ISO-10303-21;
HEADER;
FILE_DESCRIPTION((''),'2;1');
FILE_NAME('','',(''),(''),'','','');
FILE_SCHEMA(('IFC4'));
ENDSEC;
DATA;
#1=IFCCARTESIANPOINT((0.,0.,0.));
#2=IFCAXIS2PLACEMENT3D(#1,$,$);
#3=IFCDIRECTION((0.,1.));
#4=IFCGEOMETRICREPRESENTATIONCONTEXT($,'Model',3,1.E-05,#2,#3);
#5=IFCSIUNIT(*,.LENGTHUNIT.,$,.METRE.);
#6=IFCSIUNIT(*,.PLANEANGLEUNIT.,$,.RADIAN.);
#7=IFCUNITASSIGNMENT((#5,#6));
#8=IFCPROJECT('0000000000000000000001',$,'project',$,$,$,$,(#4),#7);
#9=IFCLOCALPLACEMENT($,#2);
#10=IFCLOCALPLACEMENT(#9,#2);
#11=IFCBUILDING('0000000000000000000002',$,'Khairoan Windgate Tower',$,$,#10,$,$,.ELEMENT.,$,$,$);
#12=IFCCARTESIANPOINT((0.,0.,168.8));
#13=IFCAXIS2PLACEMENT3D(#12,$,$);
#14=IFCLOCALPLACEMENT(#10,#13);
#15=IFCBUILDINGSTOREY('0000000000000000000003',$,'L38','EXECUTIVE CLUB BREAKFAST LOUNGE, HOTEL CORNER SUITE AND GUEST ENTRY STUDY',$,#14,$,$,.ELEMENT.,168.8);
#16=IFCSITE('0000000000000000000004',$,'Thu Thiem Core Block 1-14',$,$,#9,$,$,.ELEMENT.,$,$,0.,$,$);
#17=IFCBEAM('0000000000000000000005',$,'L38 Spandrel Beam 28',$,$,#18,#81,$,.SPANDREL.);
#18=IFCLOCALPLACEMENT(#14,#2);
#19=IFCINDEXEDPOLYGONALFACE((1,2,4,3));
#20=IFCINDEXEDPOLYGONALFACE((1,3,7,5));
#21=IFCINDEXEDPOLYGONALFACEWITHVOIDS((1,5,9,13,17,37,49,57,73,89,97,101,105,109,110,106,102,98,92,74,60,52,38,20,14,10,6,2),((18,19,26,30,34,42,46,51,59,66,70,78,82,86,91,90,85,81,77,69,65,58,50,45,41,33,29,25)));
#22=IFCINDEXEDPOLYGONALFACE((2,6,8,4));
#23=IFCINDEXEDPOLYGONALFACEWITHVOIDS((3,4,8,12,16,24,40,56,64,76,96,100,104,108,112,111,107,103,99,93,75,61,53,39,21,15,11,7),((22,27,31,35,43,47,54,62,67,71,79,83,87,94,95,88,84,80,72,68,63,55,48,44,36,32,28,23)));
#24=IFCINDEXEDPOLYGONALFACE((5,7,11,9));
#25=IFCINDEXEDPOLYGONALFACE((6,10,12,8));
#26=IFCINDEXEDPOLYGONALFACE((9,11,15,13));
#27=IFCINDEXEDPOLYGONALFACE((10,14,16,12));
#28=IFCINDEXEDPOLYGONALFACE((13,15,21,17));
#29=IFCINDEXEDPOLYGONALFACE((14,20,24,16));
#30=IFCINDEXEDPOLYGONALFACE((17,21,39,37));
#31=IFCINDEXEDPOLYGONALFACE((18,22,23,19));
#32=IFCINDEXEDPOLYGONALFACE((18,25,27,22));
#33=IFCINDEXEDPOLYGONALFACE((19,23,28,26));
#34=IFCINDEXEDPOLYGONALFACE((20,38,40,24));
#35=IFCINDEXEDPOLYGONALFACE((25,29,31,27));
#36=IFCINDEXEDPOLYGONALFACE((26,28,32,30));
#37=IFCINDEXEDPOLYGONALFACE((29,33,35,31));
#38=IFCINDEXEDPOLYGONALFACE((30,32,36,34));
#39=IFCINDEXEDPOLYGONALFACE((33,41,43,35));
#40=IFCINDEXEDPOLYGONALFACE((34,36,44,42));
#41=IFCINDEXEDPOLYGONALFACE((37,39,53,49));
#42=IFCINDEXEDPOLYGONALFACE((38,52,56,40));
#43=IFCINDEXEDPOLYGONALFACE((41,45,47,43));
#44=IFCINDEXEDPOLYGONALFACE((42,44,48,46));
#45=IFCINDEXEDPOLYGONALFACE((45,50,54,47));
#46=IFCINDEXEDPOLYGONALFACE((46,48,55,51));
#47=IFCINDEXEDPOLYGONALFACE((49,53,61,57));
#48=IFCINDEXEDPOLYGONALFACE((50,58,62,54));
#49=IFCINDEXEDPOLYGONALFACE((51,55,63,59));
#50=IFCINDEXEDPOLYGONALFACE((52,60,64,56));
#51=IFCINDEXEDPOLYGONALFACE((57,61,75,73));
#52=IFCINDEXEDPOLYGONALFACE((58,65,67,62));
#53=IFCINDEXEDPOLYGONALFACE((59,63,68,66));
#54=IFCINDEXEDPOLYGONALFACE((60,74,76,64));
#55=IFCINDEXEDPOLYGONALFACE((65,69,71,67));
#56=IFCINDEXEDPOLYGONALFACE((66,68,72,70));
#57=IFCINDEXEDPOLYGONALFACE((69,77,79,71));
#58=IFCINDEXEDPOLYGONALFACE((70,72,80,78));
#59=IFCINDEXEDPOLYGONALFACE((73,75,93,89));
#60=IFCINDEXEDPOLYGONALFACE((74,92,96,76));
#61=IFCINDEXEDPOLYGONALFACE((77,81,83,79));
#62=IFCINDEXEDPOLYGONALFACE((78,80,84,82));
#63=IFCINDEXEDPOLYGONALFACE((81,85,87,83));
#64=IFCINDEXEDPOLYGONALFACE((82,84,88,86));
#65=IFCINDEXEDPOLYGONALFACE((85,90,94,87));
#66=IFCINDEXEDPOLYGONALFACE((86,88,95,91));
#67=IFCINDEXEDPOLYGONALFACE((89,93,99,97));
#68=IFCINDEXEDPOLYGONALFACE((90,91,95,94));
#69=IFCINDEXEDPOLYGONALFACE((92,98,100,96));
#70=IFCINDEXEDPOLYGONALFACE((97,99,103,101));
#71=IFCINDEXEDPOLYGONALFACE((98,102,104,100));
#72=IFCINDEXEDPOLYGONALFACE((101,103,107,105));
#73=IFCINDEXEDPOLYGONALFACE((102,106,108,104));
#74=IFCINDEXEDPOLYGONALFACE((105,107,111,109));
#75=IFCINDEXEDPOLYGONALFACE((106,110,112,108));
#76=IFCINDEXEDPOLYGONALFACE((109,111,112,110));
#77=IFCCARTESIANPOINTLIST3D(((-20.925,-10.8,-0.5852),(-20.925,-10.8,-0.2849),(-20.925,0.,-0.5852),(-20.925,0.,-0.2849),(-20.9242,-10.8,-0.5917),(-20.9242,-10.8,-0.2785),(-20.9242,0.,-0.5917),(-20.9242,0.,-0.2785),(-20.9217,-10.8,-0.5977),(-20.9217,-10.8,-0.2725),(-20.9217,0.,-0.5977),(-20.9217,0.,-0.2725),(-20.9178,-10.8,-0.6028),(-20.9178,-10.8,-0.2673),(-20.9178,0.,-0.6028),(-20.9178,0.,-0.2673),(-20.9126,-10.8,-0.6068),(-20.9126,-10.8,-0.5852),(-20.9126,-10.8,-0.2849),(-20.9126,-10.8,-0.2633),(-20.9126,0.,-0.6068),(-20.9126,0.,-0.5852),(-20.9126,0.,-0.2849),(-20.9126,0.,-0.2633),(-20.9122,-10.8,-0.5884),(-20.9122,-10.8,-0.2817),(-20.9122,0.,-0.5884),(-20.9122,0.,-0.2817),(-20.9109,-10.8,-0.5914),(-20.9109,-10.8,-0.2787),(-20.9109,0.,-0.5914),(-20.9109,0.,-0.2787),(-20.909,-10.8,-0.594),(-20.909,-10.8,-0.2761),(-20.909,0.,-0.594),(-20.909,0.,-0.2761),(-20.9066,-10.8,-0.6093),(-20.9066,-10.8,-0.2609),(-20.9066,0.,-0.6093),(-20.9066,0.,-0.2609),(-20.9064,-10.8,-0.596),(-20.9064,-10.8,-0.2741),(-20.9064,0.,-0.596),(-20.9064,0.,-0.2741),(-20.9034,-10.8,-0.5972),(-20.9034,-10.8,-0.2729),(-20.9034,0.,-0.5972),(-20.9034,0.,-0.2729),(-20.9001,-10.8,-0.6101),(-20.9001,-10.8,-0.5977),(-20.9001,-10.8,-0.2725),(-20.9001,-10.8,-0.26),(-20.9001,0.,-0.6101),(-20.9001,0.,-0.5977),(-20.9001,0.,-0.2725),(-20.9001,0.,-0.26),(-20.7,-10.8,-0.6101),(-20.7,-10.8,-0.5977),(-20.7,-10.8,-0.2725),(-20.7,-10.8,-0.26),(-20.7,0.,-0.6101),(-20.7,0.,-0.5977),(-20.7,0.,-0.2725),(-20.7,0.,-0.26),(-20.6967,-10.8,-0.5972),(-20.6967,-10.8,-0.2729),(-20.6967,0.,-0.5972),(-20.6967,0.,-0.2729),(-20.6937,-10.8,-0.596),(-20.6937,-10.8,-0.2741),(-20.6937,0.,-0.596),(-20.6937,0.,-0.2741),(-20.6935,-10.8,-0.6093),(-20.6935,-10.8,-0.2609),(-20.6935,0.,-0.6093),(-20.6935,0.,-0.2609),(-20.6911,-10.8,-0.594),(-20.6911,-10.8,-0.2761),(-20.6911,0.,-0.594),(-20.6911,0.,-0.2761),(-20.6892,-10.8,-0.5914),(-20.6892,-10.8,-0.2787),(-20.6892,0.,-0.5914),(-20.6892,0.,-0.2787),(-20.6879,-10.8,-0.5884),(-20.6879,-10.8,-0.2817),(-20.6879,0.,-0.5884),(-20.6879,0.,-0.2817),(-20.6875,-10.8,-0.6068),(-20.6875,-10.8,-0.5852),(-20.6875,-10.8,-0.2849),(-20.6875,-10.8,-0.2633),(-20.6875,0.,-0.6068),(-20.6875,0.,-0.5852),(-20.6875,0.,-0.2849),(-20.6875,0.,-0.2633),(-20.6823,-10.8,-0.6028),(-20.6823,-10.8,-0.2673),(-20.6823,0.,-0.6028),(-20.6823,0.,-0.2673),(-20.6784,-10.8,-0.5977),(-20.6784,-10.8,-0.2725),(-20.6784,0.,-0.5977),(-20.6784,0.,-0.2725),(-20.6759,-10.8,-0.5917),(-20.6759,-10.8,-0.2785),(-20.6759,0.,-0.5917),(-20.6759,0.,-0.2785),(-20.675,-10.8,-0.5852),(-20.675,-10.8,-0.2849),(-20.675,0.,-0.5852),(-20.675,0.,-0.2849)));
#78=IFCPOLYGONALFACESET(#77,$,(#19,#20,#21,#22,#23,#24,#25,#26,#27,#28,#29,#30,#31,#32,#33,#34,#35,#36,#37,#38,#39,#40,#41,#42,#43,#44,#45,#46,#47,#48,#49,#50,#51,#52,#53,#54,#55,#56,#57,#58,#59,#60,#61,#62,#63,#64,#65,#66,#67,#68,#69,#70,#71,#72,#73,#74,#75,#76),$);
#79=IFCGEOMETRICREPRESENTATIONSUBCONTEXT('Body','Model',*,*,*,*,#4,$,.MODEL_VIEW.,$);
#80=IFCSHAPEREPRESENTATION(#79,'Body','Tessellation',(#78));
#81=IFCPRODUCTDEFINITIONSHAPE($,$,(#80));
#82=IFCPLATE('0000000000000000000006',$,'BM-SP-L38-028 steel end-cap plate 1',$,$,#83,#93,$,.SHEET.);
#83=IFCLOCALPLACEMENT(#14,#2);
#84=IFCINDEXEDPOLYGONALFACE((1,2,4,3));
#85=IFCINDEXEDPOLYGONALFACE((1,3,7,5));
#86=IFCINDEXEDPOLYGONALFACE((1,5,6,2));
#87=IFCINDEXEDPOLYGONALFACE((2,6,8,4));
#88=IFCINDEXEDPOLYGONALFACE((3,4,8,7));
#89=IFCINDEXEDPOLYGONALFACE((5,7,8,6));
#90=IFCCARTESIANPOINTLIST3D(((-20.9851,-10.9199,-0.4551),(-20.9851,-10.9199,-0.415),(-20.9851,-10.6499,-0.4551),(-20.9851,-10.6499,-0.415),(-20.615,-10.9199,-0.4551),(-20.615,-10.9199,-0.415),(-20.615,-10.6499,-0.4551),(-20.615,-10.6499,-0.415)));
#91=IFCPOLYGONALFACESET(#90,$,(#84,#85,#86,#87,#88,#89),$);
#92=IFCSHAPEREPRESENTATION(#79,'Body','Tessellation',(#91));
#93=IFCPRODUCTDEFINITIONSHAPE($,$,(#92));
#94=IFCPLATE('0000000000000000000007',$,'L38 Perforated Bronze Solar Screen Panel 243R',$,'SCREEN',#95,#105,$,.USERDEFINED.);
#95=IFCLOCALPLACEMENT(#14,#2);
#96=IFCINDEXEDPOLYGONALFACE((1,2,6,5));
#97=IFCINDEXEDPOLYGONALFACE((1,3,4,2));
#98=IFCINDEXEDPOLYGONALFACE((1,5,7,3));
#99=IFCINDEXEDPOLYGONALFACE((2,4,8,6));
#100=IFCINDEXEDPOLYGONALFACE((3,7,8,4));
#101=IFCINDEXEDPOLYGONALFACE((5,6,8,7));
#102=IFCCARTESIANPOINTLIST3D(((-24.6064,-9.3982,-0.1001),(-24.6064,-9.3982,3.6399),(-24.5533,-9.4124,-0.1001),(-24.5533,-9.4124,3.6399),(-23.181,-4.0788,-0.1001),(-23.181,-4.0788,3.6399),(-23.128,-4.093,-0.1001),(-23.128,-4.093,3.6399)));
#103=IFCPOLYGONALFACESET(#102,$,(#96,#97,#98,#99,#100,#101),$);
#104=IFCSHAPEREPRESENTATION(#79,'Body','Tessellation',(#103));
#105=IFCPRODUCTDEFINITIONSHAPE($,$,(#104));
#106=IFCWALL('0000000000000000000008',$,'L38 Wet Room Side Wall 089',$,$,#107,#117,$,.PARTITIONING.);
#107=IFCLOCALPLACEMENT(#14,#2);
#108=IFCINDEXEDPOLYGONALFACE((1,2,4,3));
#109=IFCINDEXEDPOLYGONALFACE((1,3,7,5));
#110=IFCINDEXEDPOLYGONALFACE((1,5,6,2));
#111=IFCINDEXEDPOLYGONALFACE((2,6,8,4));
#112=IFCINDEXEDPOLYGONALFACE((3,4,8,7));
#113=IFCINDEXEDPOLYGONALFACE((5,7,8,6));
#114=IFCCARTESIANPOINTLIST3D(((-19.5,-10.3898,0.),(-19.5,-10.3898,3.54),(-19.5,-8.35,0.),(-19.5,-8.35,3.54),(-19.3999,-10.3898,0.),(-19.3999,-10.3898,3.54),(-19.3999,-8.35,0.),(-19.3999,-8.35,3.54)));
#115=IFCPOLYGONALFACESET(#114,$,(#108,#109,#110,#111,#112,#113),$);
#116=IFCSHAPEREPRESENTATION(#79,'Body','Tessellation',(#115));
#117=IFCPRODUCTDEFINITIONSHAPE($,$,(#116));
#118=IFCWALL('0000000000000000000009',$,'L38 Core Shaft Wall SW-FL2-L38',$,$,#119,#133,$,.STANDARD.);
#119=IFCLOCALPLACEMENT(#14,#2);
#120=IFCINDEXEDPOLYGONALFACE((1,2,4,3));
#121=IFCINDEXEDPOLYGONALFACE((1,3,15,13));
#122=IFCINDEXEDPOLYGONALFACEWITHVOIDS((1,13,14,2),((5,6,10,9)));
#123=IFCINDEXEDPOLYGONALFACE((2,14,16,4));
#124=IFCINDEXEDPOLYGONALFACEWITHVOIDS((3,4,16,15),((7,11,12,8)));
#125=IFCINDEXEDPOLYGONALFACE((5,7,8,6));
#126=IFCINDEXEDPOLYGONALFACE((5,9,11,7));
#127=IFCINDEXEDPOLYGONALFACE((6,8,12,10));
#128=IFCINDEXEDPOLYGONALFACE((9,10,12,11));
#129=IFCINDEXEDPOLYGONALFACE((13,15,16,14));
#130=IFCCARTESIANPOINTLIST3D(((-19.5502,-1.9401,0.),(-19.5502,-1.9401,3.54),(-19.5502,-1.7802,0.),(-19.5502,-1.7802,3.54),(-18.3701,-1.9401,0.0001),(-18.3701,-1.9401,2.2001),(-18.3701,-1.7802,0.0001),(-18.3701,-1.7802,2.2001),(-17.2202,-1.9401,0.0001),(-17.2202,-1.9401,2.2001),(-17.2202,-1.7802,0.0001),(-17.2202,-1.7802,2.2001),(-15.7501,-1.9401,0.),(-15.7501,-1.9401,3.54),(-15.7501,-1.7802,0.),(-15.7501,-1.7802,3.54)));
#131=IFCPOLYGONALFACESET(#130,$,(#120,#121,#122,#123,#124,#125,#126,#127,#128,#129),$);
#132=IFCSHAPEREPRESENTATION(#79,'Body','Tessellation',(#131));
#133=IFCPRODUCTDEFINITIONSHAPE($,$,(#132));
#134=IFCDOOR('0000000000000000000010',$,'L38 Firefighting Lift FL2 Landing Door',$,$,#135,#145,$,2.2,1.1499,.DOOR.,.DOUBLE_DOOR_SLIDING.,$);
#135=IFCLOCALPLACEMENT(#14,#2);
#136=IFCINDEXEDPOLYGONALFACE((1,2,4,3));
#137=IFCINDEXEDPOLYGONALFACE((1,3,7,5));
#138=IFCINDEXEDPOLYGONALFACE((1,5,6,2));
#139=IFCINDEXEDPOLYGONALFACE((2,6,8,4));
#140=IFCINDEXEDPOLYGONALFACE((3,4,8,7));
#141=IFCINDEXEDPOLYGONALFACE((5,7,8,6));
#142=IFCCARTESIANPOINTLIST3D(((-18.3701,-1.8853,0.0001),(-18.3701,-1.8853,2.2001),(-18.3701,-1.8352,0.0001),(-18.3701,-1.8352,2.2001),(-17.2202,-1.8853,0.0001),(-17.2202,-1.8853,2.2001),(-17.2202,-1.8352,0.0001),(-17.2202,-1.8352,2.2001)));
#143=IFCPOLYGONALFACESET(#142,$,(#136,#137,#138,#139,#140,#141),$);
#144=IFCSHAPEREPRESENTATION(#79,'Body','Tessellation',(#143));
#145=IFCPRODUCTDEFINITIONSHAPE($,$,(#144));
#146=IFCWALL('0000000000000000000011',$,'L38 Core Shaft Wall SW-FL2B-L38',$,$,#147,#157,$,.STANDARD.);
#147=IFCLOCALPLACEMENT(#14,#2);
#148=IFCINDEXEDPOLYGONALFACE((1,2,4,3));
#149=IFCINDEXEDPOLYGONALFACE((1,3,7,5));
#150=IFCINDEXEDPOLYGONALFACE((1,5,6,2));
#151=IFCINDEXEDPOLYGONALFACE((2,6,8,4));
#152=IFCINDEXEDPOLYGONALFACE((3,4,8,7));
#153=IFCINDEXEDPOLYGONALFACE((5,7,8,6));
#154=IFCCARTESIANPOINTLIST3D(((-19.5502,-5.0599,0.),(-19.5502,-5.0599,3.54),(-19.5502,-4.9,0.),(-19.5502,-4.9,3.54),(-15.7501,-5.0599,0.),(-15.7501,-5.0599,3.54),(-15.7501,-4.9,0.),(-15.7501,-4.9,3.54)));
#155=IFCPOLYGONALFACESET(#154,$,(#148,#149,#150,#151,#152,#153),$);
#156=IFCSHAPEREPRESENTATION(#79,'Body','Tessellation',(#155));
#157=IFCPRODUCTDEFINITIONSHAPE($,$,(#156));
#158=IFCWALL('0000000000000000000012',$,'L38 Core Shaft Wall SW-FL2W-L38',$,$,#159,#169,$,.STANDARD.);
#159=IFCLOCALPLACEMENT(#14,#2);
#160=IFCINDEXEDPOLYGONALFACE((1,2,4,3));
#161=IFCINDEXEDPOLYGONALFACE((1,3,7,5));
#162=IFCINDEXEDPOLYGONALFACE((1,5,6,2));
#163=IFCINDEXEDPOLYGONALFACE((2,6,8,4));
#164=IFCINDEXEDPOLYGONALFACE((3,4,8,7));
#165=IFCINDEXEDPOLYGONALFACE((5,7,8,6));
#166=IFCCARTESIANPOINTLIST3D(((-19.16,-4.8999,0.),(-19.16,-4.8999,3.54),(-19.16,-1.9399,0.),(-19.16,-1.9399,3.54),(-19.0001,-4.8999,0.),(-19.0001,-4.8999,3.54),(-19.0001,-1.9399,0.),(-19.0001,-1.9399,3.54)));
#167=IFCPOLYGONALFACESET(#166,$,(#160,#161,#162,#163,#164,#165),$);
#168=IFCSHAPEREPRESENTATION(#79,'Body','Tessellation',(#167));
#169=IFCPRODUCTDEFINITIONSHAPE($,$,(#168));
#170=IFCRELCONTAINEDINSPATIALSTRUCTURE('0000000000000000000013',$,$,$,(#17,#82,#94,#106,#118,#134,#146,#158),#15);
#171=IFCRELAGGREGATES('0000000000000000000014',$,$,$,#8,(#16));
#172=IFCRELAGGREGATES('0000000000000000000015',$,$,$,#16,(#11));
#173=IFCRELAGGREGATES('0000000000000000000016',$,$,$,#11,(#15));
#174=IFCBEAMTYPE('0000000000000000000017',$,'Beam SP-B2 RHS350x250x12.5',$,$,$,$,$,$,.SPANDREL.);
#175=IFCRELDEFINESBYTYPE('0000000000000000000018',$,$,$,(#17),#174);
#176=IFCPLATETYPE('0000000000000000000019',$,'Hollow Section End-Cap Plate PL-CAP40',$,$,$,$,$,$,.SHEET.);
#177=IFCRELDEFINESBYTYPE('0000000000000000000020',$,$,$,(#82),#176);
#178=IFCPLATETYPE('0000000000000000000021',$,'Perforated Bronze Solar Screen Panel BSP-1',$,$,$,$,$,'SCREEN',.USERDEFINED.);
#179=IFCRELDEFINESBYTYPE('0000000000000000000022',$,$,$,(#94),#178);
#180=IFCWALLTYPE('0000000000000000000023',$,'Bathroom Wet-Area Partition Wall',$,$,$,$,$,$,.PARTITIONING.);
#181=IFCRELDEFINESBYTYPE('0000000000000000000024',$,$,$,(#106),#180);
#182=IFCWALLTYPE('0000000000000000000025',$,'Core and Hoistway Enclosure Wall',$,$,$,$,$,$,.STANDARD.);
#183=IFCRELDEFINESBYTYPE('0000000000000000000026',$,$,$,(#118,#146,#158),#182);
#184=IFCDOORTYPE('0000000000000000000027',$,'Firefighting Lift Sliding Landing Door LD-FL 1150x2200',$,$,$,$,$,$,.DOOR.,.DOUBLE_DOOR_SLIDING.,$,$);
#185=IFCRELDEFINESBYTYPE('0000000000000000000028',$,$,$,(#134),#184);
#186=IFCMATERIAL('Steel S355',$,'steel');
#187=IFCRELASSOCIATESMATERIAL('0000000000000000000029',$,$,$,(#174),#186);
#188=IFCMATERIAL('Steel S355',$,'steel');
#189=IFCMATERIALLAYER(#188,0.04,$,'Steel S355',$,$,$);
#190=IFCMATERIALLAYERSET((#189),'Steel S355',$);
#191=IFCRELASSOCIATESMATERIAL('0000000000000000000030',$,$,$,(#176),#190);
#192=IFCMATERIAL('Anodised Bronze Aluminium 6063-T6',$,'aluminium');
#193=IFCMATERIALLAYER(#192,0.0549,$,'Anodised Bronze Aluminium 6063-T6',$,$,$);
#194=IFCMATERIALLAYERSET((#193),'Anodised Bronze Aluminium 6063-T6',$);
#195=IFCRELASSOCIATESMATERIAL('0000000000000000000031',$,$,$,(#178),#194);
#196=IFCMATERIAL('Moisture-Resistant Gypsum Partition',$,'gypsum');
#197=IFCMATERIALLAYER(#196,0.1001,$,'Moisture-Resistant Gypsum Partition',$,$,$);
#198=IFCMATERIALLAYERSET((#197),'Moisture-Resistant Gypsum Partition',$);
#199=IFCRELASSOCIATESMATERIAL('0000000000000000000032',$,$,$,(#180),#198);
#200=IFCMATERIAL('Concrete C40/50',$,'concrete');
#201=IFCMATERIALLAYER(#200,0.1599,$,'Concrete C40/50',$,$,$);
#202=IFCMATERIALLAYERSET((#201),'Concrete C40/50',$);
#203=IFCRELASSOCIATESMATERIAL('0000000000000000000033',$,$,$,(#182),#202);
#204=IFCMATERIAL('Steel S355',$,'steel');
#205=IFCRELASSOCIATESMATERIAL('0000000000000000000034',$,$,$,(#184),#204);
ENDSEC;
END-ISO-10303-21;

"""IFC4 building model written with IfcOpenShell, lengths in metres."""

from ifc_helpers import new_model, si_unit, direction, frame, frame_2d, origin, origin_2d, place, context, subcontext, project, spatial, rectangle, hollow_rectangle, extrude, material, layer, layer_set, material_profile, profile_set, type_object, element, fill, save


model = new_model("IFC4")

# Units and contexts
model_context = context("Model", 3, precision=1e-05, world=origin(), true_north=direction((0.0, 1.0)))
body_context = subcontext(model_context, "Body", "Model", "MODEL_VIEW")
ifc_project = project(units=[si_unit("LENGTHUNIT", "METRE"), si_unit("PLANEANGLEUNIT", "RADIAN")], contexts=[model_context])

# Site, building, storey
site_placement = place(None, origin())
site = spatial("IfcSite", under=ifc_project, at=site_placement, Name="Thu Thiem Core Block 1-14", CompositionType="ELEMENT", RefElevation=0.0)
building_placement = place(site_placement, origin())
building = spatial("IfcBuilding", under=site, at=building_placement, Name="Khairoan Windgate Tower", CompositionType="ELEMENT")
storey_placement = place(building_placement, frame((0.0, 0.0, 168.8)))
storey = spatial("IfcBuildingStorey", under=building, at=storey_placement, Name="L38", Description="EXECUTIVE CLUB BREAKFAST LOUNGE, HOTEL CORNER SUITE AND GUEST ENTRY STUDY", CompositionType="ELEMENT", Elevation=168.8)

# Beam
ifc_material_1 = material(Name="Steel S355", Category="steel")
ifc_material_profile_1 = material_profile(ifc_material_1, hollow_rectangle(XDim=0.25, YDim=0.3501, WallThickness=0.0125, InnerFilletRadius=0.0125, OuterFilletRadius=0.0249, at=origin_2d()))
ifc_profile_set_1 = profile_set([ifc_material_profile_1], Name="Steel S355")
beam_type_1 = type_object("IfcBeamType", Name="Beam SP-B2 RHS350x250x12.5", PredefinedType="SPANDREL", material=ifc_profile_set_1)
beam_1_placement = place(storey_placement, frame((-20.8, -10.8, -0.4351), z_axis=(0.0, 1.0, 0.0), x_axis=(-1.0, 0.0, 0.0)))
element("IfcBeam", 1, at=beam_1_placement, inside=storey, type_object=beam_type_1, Name="L38 Spandrel Beam 28", PredefinedType="SPANDREL", context=body_context, shape_type="SweptSolid", body=[
    extrude(hollow_rectangle(XDim=0.25, YDim=0.3501, WallThickness=0.0125, InnerFilletRadius=0.0125, OuterFilletRadius=0.0249, at=origin_2d()), origin(), (0.0, 0.0, 1.0), 10.8),
])

# Plates
ifc_material_2 = material(Name="Steel S355", Category="steel")
ifc_layer_1 = layer(ifc_material_2, 0.04, Name="Steel S355")
ifc_layer_set_1 = layer_set([ifc_layer_1], Name="Steel S355")
plate_type_1 = type_object("IfcPlateType", Name="Hollow Section End-Cap Plate PL-CAP40", PredefinedType="SHEET", material=ifc_layer_set_1)
plate_1_placement = place(storey_placement, frame((-20.8, -10.7849, -0.4551), z_axis=(0.0, 0.0, 1.0), x_axis=(0.0, 1.0, 0.0)))
element("IfcPlate", 2, at=plate_1_placement, inside=storey, type_object=plate_type_1, Name="BM-SP-L38-028 steel end-cap plate 1", PredefinedType="SHEET", context=body_context, shape_type="SweptSolid", body=[
    extrude(rectangle(XDim=0.27, YDim=0.3701, at=origin_2d()), origin(), (0.0, 0.0, 1.0), 0.04),
])
ifc_material_3 = material(Name="Anodised Bronze Aluminium 6063-T6", Category="aluminium")
ifc_layer_2 = layer(ifc_material_3, 0.0549, Name="Anodised Bronze Aluminium 6063-T6")
ifc_layer_set_2 = layer_set([ifc_layer_2], Name="Anodised Bronze Aluminium 6063-T6")
plate_type_2 = type_object("IfcPlateType", Name="Perforated Bronze Solar Screen Panel BSP-1", ElementType="SCREEN", PredefinedType="USERDEFINED", material=ifc_layer_set_2)
plate_2_placement = place(storey_placement, frame((-23.8672, -6.7456, -0.1001), z_axis=(0.0, 0.0, 1.0), x_axis=(0.258819, 0.965926, 0.0)))
element("IfcPlate", 3, at=plate_2_placement, inside=storey, type_object=plate_type_2, Name="L38 Perforated Bronze Solar Screen Panel 243R", ObjectType="SCREEN", PredefinedType="USERDEFINED", context=body_context, shape_type="SweptSolid", body=[
    extrude(rectangle(XDim=5.5071, YDim=0.0549, at=origin_2d()), origin(), (0.0, 0.0, 1.0), 3.74),
])

# Wall
ifc_material_4 = material(Name="Moisture-Resistant Gypsum Partition", Category="gypsum")
ifc_layer_3 = layer(ifc_material_4, 0.1001, Name="Moisture-Resistant Gypsum Partition")
ifc_layer_set_3 = layer_set([ifc_layer_3], Name="Moisture-Resistant Gypsum Partition")
wall_type_1 = type_object("IfcWallType", Name="Bathroom Wet-Area Partition Wall", PredefinedType="PARTITIONING", material=ifc_layer_set_3)
wall_1_placement = place(storey_placement, frame((-19.45, -10.3899, 0.0), z_axis=(0.0, 0.0, 1.0), x_axis=(0.0, 1.0, 0.0)))
element("IfcWall", 4, at=wall_1_placement, inside=storey, type_object=wall_type_1, Name="L38 Wet Room Side Wall 089", PredefinedType="PARTITIONING", context=body_context, shape_type="SweptSolid", body=[
    extrude(rectangle(XDim=2.0398, YDim=0.1001, at=frame_2d((1.02, 0.0))), origin(), (0.0, 0.0, 1.0), 3.54),
])

# Wall, opening, door
ifc_material_5 = material(Name="Concrete C40/50", Category="concrete")
ifc_layer_4 = layer(ifc_material_5, 0.1599, Name="Concrete C40/50")
ifc_layer_set_4 = layer_set([ifc_layer_4], Name="Concrete C40/50")
wall_type_2 = type_object("IfcWallType", Name="Core and Hoistway Enclosure Wall", PredefinedType="STANDARD", material=ifc_layer_set_4)
wall_2_placement = place(storey_placement, frame((-19.55, -1.8601, 0.0), z_axis=(0.0, 0.0, 1.0), x_axis=(1.0, 0.0, 0.0)))
wall_2 = element("IfcWall", 5, at=wall_2_placement, inside=storey, type_object=wall_type_2, Name="L38 Core Shaft Wall SW-FL2-L38", PredefinedType="STANDARD", context=body_context, shape_type="SweptSolid", body=[
    extrude(rectangle(XDim=3.8, YDim=0.1599, at=frame_2d((1.8999, 0.0))), origin(), (0.0, 0.0, 1.0), 3.54),
])
opening_1_placement = place(wall_2_placement, frame((1.1799, 0.0, 0.0)))
opening_1 = element("IfcOpeningElement", 6, at=opening_1_placement, cuts=wall_2, PredefinedType="OPENING", context=body_context, shape_type="SweptSolid", body=[
    extrude(rectangle(XDim=1.1499, YDim=2.2, at=frame_2d((0.575, 1.1001))), frame((0.0, 0.0898, 0.0), z_axis=(0.0, -1.0, 0.0), x_axis=(1.0, 0.0, 0.0)), (0.0, 0.0, 1.0), 0.1799),
])
ifc_material_6 = material(Name="Steel S355", Category="steel")
door_type_1 = type_object("IfcDoorType", Name="Firefighting Lift Sliding Landing Door LD-FL 1150x2200", OperationType="DOUBLE_DOOR_SLIDING", PredefinedType="DOOR", material=ifc_material_6)
door_1_placement = place(opening_1_placement, origin())
door_1 = element("IfcDoor", 7, at=door_1_placement, inside=storey, type_object=door_type_1, Name="L38 Firefighting Lift FL2 Landing Door", OperationType="DOUBLE_DOOR_SLIDING", OverallHeight=2.2, OverallWidth=1.1499, PredefinedType="DOOR", context=body_context, shape_type="SweptSolid", body=[
    extrude(rectangle(XDim=1.1499, YDim=2.2, at=frame_2d((0.575, 1.1001))), frame((0.0, 0.0249, 0.0), z_axis=(0.0, -1.0, 0.0), x_axis=(1.0, 0.0, 0.0)), (0.0, 0.0, 1.0), 0.05),
])
fill(opening_1, door_1)

# Walls
wall_3_placement = place(storey_placement, frame((-19.55, -4.98, 0.0), z_axis=(0.0, 0.0, 1.0), x_axis=(1.0, 0.0, 0.0)))
element("IfcWall", 8, at=wall_3_placement, inside=storey, type_object=wall_type_2, Name="L38 Core Shaft Wall SW-FL2B-L38", PredefinedType="STANDARD", context=body_context, shape_type="SweptSolid", body=[
    extrude(rectangle(XDim=3.8, YDim=0.1599, at=frame_2d((1.8999, 0.0))), origin(), (0.0, 0.0, 1.0), 3.54),
])
wall_4_placement = place(storey_placement, frame((-19.0801, -4.8999, 0.0), z_axis=(0.0, 0.0, 1.0), x_axis=(0.0, 1.0, 0.0)))
element("IfcWall", 9, at=wall_4_placement, inside=storey, type_object=wall_type_2, Name="L38 Core Shaft Wall SW-FL2W-L38", PredefinedType="STANDARD", context=body_context, shape_type="SweptSolid", body=[
    extrude(rectangle(XDim=2.96, YDim=0.1599, at=frame_2d((1.48, 0.0))), origin(), (0.0, 0.0, 1.0), 3.54),
])

save(model, "model.ifc")
